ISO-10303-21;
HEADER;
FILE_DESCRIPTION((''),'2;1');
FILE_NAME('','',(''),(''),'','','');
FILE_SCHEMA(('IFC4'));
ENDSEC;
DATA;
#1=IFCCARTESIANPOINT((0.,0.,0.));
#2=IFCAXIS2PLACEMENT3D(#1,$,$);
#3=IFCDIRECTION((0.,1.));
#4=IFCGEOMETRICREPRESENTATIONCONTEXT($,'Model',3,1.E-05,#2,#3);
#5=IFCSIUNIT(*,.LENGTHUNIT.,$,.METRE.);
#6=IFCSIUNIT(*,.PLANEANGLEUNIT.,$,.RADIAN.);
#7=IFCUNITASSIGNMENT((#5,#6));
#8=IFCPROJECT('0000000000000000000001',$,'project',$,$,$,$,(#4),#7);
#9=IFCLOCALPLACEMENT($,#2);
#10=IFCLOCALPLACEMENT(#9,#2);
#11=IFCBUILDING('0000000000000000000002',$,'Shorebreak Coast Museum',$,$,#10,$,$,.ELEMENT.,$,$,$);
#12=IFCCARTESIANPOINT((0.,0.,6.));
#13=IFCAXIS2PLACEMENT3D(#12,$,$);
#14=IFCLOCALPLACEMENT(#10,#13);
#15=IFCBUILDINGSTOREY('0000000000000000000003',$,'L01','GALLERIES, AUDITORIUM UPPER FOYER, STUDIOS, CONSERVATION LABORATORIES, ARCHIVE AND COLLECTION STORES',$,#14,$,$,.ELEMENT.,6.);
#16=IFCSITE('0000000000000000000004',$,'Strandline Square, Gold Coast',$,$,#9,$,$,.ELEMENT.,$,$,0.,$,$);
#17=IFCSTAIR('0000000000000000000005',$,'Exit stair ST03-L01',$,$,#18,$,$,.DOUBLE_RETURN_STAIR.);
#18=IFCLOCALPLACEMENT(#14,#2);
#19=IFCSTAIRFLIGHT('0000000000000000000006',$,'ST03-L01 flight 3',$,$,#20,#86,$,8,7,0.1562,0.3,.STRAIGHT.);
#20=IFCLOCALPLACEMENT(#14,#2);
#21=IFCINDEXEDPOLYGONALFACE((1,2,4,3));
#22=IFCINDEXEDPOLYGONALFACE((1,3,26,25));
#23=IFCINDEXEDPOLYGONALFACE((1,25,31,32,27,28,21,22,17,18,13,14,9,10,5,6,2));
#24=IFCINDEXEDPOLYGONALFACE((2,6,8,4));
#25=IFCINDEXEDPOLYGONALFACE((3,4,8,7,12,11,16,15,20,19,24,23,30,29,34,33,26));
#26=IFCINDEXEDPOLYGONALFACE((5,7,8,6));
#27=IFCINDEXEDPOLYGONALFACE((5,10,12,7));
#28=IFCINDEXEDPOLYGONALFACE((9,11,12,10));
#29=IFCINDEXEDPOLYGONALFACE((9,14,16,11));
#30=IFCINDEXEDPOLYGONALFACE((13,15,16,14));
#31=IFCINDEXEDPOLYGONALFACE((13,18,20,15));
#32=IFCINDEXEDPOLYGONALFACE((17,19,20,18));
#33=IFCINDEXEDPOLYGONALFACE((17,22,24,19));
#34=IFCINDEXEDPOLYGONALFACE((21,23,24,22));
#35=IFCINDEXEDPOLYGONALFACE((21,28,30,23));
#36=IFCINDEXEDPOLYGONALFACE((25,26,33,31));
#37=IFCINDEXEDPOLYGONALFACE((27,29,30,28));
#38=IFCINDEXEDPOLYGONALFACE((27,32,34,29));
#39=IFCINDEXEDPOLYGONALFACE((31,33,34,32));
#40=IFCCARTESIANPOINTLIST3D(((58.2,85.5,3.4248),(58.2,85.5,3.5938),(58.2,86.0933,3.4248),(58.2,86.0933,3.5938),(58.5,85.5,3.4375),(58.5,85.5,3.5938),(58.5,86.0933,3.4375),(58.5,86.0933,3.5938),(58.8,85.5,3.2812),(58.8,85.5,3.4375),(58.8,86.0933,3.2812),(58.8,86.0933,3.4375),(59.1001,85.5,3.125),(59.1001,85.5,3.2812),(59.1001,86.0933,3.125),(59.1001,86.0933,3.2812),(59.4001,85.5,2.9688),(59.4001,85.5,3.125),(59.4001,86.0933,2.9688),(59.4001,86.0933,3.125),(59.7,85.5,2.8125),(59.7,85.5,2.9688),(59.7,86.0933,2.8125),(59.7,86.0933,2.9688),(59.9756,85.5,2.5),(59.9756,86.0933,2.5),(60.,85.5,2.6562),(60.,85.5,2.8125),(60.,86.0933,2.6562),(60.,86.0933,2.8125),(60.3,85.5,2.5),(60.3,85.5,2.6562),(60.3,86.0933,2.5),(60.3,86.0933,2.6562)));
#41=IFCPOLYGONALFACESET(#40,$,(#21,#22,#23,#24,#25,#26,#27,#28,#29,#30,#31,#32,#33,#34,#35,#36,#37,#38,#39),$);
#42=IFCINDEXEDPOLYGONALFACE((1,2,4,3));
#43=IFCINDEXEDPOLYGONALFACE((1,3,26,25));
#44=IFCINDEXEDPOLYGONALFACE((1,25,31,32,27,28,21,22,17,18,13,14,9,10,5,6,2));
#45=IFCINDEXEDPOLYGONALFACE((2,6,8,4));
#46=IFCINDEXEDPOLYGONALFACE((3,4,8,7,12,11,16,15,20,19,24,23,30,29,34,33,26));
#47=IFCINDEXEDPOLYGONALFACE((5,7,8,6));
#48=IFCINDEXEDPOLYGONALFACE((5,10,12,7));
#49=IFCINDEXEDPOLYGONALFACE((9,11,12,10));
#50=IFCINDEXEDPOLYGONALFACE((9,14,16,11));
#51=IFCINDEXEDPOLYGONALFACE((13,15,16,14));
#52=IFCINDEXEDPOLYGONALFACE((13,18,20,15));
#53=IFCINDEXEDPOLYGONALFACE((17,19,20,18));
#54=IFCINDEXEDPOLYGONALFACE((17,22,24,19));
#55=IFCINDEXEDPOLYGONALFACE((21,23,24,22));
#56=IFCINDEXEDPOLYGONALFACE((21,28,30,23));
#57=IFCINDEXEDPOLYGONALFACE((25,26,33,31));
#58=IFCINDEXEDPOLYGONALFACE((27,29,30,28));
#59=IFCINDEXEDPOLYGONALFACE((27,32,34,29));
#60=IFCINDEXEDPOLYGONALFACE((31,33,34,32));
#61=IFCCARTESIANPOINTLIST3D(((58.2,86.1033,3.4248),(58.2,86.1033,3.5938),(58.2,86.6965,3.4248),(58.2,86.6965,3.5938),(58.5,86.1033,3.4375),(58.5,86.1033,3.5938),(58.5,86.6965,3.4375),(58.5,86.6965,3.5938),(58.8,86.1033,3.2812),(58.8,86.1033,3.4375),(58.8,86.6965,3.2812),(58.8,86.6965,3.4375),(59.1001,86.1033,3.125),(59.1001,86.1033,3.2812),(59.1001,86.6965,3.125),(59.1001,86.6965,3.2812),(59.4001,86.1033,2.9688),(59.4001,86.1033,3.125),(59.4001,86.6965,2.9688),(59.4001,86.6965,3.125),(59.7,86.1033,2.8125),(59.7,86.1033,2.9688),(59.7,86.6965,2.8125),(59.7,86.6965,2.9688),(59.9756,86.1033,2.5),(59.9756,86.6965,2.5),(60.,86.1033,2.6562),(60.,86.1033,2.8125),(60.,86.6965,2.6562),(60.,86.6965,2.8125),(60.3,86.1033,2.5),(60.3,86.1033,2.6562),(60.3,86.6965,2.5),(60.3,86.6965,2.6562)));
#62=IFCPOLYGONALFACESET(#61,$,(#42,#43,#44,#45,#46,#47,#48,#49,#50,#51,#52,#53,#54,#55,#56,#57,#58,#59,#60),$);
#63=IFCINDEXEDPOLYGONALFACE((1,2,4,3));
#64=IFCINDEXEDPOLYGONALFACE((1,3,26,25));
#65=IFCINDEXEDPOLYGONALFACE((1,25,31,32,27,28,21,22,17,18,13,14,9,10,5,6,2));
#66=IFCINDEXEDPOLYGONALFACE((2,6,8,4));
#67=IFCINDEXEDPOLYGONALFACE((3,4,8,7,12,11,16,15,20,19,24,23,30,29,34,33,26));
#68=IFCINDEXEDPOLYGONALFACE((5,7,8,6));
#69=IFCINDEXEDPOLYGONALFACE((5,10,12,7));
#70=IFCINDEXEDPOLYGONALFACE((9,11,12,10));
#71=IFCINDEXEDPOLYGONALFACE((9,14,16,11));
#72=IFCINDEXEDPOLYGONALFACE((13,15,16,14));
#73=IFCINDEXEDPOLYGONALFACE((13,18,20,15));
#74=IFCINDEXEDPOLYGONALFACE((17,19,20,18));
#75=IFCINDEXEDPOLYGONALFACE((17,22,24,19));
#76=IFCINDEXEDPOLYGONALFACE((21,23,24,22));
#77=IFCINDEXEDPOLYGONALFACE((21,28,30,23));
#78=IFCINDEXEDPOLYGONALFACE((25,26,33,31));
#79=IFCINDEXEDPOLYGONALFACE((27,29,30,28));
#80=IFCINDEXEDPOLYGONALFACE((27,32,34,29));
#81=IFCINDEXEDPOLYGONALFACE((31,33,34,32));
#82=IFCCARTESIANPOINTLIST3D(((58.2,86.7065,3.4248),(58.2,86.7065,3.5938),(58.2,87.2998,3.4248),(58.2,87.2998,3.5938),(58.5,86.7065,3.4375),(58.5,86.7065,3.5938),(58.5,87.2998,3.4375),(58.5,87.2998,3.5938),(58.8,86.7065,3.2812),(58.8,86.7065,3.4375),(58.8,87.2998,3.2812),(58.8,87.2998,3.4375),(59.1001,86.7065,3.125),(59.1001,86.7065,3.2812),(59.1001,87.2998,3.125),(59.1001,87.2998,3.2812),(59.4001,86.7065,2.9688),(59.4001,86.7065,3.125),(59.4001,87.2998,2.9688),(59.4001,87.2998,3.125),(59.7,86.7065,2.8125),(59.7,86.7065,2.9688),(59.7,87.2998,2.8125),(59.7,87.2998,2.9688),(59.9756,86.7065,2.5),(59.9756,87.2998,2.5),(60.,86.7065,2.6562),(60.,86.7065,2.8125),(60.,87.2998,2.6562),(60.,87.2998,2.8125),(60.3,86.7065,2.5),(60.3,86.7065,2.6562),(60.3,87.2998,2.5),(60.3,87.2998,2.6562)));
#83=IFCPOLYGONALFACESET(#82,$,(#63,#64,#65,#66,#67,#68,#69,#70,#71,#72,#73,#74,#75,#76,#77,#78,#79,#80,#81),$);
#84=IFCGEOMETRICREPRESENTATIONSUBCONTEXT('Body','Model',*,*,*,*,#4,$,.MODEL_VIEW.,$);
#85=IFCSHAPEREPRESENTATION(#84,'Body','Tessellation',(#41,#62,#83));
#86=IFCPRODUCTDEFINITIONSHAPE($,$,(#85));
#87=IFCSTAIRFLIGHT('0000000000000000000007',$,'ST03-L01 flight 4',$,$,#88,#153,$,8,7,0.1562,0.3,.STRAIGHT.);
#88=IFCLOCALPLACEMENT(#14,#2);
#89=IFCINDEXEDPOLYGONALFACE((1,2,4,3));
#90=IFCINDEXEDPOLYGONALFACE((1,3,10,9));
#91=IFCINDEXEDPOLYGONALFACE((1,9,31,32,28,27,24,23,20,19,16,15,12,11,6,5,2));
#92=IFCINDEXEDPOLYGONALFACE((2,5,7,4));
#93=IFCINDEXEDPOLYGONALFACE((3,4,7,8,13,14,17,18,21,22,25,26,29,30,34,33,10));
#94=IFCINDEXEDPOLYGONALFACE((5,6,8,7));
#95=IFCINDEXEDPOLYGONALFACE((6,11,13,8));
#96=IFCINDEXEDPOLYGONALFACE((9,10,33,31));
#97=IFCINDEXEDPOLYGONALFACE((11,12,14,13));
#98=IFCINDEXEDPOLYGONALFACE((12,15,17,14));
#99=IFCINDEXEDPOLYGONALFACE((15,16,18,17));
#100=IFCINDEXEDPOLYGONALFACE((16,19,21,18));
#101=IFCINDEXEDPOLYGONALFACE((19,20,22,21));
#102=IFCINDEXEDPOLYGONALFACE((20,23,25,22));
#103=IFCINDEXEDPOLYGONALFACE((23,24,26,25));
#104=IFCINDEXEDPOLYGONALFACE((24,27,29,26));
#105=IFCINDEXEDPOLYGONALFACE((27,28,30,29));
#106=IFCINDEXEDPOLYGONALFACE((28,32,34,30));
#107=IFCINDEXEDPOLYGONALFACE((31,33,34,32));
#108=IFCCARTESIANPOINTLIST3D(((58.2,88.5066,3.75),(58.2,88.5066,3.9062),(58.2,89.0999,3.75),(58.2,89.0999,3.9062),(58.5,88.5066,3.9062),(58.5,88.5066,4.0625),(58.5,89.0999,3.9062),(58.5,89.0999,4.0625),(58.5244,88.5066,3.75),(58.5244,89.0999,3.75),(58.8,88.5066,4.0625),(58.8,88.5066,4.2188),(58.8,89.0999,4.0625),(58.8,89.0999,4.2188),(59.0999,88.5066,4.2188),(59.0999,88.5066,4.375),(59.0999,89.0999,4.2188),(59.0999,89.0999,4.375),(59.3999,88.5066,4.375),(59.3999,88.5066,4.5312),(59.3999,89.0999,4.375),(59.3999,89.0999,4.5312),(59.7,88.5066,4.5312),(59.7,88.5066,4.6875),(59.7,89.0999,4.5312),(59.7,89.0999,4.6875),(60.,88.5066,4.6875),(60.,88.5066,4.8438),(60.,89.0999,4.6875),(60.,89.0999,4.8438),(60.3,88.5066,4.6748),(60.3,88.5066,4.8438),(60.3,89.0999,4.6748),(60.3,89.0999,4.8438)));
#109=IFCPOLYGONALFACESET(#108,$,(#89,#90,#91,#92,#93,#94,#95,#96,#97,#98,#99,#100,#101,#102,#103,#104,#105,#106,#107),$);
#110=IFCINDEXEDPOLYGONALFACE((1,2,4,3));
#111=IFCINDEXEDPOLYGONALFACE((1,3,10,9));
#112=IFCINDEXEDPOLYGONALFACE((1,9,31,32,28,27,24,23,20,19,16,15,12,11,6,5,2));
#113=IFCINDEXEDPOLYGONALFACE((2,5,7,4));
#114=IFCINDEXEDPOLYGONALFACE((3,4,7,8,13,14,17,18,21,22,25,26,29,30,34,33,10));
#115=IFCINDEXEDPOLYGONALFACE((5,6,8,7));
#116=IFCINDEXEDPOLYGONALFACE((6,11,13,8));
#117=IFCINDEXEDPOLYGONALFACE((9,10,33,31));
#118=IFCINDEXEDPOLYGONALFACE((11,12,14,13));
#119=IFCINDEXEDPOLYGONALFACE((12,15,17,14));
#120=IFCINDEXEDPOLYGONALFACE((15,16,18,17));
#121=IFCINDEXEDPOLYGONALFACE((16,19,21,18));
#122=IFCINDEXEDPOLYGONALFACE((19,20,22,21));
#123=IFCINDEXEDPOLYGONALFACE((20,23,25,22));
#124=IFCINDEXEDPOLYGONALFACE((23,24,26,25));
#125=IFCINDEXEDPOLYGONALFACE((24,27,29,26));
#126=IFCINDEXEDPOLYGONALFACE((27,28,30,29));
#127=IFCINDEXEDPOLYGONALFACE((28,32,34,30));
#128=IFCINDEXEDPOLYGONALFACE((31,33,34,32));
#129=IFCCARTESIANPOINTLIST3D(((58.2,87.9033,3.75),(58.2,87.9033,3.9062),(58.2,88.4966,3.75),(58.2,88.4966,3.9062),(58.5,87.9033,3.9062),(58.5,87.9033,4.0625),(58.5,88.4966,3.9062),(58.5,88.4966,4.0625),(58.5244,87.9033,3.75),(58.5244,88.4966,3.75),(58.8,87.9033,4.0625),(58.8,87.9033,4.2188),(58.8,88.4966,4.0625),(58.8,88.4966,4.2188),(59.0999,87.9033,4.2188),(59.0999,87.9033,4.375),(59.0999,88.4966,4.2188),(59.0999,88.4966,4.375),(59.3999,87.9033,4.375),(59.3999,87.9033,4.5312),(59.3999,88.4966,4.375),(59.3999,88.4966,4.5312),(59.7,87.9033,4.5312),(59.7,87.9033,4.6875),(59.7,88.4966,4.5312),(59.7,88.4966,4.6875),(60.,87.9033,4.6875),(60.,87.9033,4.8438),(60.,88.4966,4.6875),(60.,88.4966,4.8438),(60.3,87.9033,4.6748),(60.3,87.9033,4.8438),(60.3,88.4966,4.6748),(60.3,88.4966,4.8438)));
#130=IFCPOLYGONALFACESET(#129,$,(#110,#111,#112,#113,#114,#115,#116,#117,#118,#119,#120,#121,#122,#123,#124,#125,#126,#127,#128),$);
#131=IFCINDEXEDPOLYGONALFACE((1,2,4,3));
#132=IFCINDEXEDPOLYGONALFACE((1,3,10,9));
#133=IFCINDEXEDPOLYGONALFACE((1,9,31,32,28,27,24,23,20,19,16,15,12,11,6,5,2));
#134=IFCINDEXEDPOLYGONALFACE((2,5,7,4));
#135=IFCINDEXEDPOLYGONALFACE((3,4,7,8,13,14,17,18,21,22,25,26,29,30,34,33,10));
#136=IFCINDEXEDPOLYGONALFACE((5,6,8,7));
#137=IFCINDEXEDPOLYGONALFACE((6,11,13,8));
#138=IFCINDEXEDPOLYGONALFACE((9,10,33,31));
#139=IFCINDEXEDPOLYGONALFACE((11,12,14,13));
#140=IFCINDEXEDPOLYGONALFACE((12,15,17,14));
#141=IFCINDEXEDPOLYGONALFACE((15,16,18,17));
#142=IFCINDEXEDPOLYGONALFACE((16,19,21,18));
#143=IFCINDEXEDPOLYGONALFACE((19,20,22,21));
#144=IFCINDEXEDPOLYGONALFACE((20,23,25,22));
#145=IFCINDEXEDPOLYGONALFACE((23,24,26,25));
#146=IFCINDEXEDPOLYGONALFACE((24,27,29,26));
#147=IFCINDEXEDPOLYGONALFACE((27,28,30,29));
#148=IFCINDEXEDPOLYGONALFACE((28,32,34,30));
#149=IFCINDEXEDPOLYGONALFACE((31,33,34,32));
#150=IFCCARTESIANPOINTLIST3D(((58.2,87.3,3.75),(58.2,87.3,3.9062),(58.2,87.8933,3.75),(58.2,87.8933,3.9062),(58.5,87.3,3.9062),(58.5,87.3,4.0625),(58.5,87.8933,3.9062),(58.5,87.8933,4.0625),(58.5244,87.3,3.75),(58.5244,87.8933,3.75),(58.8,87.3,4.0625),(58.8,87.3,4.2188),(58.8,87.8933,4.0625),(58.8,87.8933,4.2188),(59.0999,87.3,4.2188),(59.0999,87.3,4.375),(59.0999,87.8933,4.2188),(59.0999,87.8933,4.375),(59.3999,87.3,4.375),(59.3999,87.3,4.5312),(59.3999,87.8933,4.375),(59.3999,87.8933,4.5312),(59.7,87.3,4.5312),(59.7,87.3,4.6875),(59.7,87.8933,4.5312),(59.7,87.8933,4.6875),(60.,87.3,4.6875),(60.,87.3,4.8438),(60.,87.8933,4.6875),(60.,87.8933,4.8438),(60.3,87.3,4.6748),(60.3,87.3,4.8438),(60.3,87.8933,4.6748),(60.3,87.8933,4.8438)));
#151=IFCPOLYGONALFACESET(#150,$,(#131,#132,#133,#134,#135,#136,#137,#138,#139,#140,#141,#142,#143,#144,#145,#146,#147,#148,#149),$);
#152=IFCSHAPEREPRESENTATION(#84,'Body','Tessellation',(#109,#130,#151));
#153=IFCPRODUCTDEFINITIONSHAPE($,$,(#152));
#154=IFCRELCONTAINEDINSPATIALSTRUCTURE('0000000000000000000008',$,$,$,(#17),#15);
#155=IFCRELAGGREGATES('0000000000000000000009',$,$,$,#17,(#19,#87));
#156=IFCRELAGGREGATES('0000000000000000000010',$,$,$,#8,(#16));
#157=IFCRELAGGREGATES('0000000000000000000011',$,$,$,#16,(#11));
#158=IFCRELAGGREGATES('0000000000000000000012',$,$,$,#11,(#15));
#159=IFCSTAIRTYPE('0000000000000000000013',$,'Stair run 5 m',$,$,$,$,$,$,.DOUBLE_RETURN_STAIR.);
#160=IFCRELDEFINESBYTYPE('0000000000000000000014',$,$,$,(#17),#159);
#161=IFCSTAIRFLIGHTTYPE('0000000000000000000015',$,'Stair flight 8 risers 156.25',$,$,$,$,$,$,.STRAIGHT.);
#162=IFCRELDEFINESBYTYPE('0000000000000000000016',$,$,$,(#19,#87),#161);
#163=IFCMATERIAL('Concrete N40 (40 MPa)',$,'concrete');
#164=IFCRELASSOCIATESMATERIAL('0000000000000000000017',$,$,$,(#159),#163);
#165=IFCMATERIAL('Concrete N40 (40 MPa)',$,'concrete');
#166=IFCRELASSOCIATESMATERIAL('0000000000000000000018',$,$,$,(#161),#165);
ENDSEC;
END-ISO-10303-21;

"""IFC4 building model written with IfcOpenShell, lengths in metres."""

from ifc_helpers import new_model, si_unit, direction, frame, origin, place, context, subcontext, project, spatial, polyline, outline, extrude, material, type_object, element, aggregate, save


model = new_model("IFC4")

# Units and contexts
model_context = context("Model", 3, precision=1e-05, world=origin(), true_north=direction((0.0, 1.0)))
body_context = subcontext(model_context, "Body", "Model", "MODEL_VIEW")
ifc_project = project(units=[si_unit("LENGTHUNIT", "METRE"), si_unit("PLANEANGLEUNIT", "RADIAN")], contexts=[model_context])

# Site, building, storey
site_placement = place(None, origin())
site = spatial("IfcSite", under=ifc_project, at=site_placement, Name="Strandline Square, Gold Coast", CompositionType="ELEMENT", RefElevation=0.0)
building_placement = place(site_placement, origin())
building = spatial("IfcBuilding", under=site, at=building_placement, Name="Shorebreak Coast Museum", CompositionType="ELEMENT")
storey_placement = place(building_placement, frame((0.0, 0.0, 6.0)))
storey = spatial("IfcBuildingStorey", under=building, at=storey_placement, Name="L01", Description="GALLERIES, AUDITORIUM UPPER FOYER, STUDIOS, CONSERVATION LABORATORIES, ARCHIVE AND COLLECTION STORES", CompositionType="ELEMENT", Elevation=6.0)

# Stair, stair flights
ifc_material_1 = material(Name="Concrete N40 (40 MPa)", Category="concrete")
stair_type = type_object("IfcStairType", Name="Stair run 5 m", PredefinedType="DOUBLE_RETURN_STAIR", material=ifc_material_1)
stair_placement = place(storey_placement, origin())
stair = element("IfcStair", 1, at=stair_placement, inside=storey, type_object=stair_type, Name="Exit stair ST03-L01", PredefinedType="DOUBLE_RETURN_STAIR")
ifc_material_2 = material(Name="Concrete N40 (40 MPa)", Category="concrete")
stair_flight_type = type_object("IfcStairFlightType", Name="Stair flight 8 risers 156.25", PredefinedType="STRAIGHT", material=ifc_material_2)
stair_flight_1_placement = place(storey_placement, frame((60.3, 86.3999, 2.5), z_axis=(0.0, 0.0, 1.0), x_axis=(-1.0, 0.0, 0.0)))
stair_flight_1 = element("IfcStairFlight", 2, at=stair_flight_1_placement, type_object=stair_flight_type, Name="ST03-L01 flight 3", NumberOfRisers=8, NumberOfTreads=7, PredefinedType="STRAIGHT", RiserHeight=0.1562, TreadLength=0.3, context=body_context, shape_type="SweptSolid", body=[
    extrude(outline(polyline([(0.0, 0.0), (0.0, 0.1562), (0.3, 0.1562), (0.3, 0.3125), (0.6001, 0.3125), (0.6001, 0.4688), (0.8999, 0.4688), (0.8999, 0.625), (1.2, 0.625), (1.2, 0.7812), (1.5, 0.7812), (1.5, 0.9375), (1.8, 0.9375), (1.8, 1.0938), (2.1001, 1.0938), (2.1001, 1.25), (2.1001, 0.9248), (0.3245, 0.0), (0.0, 0.0)])), frame((0.0, 0.8999, 0.0), z_axis=(0.0, -1.0, 0.0), x_axis=(1.0, 0.0, 0.0)), (0.0, 0.0, 1.0), 0.5933),
    extrude(outline(polyline([(0.0, 0.0), (0.0, 0.1562), (0.3, 0.1562), (0.3, 0.3125), (0.6001, 0.3125), (0.6001, 0.4688), (0.8999, 0.4688), (0.8999, 0.625), (1.2, 0.625), (1.2, 0.7812), (1.5, 0.7812), (1.5, 0.9375), (1.8, 0.9375), (1.8, 1.0938), (2.1001, 1.0938), (2.1001, 1.25), (2.1001, 0.9248), (0.3245, 0.0), (0.0, 0.0)])), frame((0.0, 0.2966, 0.0), z_axis=(0.0, -1.0, 0.0), x_axis=(1.0, 0.0, 0.0)), (0.0, 0.0, 1.0), 0.5933),
    extrude(outline(polyline([(0.0, 0.0), (0.0, 0.1562), (0.3, 0.1562), (0.3, 0.3125), (0.6001, 0.3125), (0.6001, 0.4688), (0.8999, 0.4688), (0.8999, 0.625), (1.2, 0.625), (1.2, 0.7812), (1.5, 0.7812), (1.5, 0.9375), (1.8, 0.9375), (1.8, 1.0938), (2.1001, 1.0938), (2.1001, 1.25), (2.1001, 0.9248), (0.3245, 0.0), (0.0, 0.0)])), frame((0.0, -0.3066, 0.0), z_axis=(0.0, -1.0, 0.0), x_axis=(1.0, 0.0, 0.0)), (0.0, 0.0, 1.0), 0.5933),
])
stair_flight_2_placement = place(storey_placement, frame((58.2, 88.2, 3.75), z_axis=(0.0, 0.0, 1.0), x_axis=(1.0, 0.0, 0.0)))
stair_flight_2 = element("IfcStairFlight", 3, at=stair_flight_2_placement, type_object=stair_flight_type, Name="ST03-L01 flight 4", NumberOfRisers=8, NumberOfTreads=7, PredefinedType="STRAIGHT", RiserHeight=0.1562, TreadLength=0.3, context=body_context, shape_type="SweptSolid", body=[
    extrude(outline(polyline([(0.0, 0.0), (0.0, 0.1562), (0.3, 0.1562), (0.3, 0.3125), (0.6001, 0.3125), (0.6001, 0.4688), (0.8999, 0.4688), (0.8999, 0.625), (1.2, 0.625), (1.2, 0.7812), (1.5, 0.7812), (1.5, 0.9375), (1.8, 0.9375), (1.8, 1.0938), (2.1001, 1.0938), (2.1001, 1.25), (2.1001, 0.9248), (0.3245, 0.0), (0.0, 0.0)])), frame((0.0, 0.8999, 0.0), z_axis=(0.0, -1.0, 0.0), x_axis=(1.0, 0.0, 0.0)), (0.0, 0.0, 1.0), 0.5933),
    extrude(outline(polyline([(0.0, 0.0), (0.0, 0.1562), (0.3, 0.1562), (0.3, 0.3125), (0.6001, 0.3125), (0.6001, 0.4688), (0.8999, 0.4688), (0.8999, 0.625), (1.2, 0.625), (1.2, 0.7812), (1.5, 0.7812), (1.5, 0.9375), (1.8, 0.9375), (1.8, 1.0938), (2.1001, 1.0938), (2.1001, 1.25), (2.1001, 0.9248), (0.3245, 0.0), (0.0, 0.0)])), frame((0.0, 0.2966, 0.0), z_axis=(0.0, -1.0, 0.0), x_axis=(1.0, 0.0, 0.0)), (0.0, 0.0, 1.0), 0.5933),
    extrude(outline(polyline([(0.0, 0.0), (0.0, 0.1562), (0.3, 0.1562), (0.3, 0.3125), (0.6001, 0.3125), (0.6001, 0.4688), (0.8999, 0.4688), (0.8999, 0.625), (1.2, 0.625), (1.2, 0.7812), (1.5, 0.7812), (1.5, 0.9375), (1.8, 0.9375), (1.8, 1.0938), (2.1001, 1.0938), (2.1001, 1.25), (2.1001, 0.9248), (0.3245, 0.0), (0.0, 0.0)])), frame((0.0, -0.3066, 0.0), z_axis=(0.0, -1.0, 0.0), x_axis=(1.0, 0.0, 0.0)), (0.0, 0.0, 1.0), 0.5933),
])
aggregate(stair, [stair_flight_1, stair_flight_2])

save(model, "model.ifc")
